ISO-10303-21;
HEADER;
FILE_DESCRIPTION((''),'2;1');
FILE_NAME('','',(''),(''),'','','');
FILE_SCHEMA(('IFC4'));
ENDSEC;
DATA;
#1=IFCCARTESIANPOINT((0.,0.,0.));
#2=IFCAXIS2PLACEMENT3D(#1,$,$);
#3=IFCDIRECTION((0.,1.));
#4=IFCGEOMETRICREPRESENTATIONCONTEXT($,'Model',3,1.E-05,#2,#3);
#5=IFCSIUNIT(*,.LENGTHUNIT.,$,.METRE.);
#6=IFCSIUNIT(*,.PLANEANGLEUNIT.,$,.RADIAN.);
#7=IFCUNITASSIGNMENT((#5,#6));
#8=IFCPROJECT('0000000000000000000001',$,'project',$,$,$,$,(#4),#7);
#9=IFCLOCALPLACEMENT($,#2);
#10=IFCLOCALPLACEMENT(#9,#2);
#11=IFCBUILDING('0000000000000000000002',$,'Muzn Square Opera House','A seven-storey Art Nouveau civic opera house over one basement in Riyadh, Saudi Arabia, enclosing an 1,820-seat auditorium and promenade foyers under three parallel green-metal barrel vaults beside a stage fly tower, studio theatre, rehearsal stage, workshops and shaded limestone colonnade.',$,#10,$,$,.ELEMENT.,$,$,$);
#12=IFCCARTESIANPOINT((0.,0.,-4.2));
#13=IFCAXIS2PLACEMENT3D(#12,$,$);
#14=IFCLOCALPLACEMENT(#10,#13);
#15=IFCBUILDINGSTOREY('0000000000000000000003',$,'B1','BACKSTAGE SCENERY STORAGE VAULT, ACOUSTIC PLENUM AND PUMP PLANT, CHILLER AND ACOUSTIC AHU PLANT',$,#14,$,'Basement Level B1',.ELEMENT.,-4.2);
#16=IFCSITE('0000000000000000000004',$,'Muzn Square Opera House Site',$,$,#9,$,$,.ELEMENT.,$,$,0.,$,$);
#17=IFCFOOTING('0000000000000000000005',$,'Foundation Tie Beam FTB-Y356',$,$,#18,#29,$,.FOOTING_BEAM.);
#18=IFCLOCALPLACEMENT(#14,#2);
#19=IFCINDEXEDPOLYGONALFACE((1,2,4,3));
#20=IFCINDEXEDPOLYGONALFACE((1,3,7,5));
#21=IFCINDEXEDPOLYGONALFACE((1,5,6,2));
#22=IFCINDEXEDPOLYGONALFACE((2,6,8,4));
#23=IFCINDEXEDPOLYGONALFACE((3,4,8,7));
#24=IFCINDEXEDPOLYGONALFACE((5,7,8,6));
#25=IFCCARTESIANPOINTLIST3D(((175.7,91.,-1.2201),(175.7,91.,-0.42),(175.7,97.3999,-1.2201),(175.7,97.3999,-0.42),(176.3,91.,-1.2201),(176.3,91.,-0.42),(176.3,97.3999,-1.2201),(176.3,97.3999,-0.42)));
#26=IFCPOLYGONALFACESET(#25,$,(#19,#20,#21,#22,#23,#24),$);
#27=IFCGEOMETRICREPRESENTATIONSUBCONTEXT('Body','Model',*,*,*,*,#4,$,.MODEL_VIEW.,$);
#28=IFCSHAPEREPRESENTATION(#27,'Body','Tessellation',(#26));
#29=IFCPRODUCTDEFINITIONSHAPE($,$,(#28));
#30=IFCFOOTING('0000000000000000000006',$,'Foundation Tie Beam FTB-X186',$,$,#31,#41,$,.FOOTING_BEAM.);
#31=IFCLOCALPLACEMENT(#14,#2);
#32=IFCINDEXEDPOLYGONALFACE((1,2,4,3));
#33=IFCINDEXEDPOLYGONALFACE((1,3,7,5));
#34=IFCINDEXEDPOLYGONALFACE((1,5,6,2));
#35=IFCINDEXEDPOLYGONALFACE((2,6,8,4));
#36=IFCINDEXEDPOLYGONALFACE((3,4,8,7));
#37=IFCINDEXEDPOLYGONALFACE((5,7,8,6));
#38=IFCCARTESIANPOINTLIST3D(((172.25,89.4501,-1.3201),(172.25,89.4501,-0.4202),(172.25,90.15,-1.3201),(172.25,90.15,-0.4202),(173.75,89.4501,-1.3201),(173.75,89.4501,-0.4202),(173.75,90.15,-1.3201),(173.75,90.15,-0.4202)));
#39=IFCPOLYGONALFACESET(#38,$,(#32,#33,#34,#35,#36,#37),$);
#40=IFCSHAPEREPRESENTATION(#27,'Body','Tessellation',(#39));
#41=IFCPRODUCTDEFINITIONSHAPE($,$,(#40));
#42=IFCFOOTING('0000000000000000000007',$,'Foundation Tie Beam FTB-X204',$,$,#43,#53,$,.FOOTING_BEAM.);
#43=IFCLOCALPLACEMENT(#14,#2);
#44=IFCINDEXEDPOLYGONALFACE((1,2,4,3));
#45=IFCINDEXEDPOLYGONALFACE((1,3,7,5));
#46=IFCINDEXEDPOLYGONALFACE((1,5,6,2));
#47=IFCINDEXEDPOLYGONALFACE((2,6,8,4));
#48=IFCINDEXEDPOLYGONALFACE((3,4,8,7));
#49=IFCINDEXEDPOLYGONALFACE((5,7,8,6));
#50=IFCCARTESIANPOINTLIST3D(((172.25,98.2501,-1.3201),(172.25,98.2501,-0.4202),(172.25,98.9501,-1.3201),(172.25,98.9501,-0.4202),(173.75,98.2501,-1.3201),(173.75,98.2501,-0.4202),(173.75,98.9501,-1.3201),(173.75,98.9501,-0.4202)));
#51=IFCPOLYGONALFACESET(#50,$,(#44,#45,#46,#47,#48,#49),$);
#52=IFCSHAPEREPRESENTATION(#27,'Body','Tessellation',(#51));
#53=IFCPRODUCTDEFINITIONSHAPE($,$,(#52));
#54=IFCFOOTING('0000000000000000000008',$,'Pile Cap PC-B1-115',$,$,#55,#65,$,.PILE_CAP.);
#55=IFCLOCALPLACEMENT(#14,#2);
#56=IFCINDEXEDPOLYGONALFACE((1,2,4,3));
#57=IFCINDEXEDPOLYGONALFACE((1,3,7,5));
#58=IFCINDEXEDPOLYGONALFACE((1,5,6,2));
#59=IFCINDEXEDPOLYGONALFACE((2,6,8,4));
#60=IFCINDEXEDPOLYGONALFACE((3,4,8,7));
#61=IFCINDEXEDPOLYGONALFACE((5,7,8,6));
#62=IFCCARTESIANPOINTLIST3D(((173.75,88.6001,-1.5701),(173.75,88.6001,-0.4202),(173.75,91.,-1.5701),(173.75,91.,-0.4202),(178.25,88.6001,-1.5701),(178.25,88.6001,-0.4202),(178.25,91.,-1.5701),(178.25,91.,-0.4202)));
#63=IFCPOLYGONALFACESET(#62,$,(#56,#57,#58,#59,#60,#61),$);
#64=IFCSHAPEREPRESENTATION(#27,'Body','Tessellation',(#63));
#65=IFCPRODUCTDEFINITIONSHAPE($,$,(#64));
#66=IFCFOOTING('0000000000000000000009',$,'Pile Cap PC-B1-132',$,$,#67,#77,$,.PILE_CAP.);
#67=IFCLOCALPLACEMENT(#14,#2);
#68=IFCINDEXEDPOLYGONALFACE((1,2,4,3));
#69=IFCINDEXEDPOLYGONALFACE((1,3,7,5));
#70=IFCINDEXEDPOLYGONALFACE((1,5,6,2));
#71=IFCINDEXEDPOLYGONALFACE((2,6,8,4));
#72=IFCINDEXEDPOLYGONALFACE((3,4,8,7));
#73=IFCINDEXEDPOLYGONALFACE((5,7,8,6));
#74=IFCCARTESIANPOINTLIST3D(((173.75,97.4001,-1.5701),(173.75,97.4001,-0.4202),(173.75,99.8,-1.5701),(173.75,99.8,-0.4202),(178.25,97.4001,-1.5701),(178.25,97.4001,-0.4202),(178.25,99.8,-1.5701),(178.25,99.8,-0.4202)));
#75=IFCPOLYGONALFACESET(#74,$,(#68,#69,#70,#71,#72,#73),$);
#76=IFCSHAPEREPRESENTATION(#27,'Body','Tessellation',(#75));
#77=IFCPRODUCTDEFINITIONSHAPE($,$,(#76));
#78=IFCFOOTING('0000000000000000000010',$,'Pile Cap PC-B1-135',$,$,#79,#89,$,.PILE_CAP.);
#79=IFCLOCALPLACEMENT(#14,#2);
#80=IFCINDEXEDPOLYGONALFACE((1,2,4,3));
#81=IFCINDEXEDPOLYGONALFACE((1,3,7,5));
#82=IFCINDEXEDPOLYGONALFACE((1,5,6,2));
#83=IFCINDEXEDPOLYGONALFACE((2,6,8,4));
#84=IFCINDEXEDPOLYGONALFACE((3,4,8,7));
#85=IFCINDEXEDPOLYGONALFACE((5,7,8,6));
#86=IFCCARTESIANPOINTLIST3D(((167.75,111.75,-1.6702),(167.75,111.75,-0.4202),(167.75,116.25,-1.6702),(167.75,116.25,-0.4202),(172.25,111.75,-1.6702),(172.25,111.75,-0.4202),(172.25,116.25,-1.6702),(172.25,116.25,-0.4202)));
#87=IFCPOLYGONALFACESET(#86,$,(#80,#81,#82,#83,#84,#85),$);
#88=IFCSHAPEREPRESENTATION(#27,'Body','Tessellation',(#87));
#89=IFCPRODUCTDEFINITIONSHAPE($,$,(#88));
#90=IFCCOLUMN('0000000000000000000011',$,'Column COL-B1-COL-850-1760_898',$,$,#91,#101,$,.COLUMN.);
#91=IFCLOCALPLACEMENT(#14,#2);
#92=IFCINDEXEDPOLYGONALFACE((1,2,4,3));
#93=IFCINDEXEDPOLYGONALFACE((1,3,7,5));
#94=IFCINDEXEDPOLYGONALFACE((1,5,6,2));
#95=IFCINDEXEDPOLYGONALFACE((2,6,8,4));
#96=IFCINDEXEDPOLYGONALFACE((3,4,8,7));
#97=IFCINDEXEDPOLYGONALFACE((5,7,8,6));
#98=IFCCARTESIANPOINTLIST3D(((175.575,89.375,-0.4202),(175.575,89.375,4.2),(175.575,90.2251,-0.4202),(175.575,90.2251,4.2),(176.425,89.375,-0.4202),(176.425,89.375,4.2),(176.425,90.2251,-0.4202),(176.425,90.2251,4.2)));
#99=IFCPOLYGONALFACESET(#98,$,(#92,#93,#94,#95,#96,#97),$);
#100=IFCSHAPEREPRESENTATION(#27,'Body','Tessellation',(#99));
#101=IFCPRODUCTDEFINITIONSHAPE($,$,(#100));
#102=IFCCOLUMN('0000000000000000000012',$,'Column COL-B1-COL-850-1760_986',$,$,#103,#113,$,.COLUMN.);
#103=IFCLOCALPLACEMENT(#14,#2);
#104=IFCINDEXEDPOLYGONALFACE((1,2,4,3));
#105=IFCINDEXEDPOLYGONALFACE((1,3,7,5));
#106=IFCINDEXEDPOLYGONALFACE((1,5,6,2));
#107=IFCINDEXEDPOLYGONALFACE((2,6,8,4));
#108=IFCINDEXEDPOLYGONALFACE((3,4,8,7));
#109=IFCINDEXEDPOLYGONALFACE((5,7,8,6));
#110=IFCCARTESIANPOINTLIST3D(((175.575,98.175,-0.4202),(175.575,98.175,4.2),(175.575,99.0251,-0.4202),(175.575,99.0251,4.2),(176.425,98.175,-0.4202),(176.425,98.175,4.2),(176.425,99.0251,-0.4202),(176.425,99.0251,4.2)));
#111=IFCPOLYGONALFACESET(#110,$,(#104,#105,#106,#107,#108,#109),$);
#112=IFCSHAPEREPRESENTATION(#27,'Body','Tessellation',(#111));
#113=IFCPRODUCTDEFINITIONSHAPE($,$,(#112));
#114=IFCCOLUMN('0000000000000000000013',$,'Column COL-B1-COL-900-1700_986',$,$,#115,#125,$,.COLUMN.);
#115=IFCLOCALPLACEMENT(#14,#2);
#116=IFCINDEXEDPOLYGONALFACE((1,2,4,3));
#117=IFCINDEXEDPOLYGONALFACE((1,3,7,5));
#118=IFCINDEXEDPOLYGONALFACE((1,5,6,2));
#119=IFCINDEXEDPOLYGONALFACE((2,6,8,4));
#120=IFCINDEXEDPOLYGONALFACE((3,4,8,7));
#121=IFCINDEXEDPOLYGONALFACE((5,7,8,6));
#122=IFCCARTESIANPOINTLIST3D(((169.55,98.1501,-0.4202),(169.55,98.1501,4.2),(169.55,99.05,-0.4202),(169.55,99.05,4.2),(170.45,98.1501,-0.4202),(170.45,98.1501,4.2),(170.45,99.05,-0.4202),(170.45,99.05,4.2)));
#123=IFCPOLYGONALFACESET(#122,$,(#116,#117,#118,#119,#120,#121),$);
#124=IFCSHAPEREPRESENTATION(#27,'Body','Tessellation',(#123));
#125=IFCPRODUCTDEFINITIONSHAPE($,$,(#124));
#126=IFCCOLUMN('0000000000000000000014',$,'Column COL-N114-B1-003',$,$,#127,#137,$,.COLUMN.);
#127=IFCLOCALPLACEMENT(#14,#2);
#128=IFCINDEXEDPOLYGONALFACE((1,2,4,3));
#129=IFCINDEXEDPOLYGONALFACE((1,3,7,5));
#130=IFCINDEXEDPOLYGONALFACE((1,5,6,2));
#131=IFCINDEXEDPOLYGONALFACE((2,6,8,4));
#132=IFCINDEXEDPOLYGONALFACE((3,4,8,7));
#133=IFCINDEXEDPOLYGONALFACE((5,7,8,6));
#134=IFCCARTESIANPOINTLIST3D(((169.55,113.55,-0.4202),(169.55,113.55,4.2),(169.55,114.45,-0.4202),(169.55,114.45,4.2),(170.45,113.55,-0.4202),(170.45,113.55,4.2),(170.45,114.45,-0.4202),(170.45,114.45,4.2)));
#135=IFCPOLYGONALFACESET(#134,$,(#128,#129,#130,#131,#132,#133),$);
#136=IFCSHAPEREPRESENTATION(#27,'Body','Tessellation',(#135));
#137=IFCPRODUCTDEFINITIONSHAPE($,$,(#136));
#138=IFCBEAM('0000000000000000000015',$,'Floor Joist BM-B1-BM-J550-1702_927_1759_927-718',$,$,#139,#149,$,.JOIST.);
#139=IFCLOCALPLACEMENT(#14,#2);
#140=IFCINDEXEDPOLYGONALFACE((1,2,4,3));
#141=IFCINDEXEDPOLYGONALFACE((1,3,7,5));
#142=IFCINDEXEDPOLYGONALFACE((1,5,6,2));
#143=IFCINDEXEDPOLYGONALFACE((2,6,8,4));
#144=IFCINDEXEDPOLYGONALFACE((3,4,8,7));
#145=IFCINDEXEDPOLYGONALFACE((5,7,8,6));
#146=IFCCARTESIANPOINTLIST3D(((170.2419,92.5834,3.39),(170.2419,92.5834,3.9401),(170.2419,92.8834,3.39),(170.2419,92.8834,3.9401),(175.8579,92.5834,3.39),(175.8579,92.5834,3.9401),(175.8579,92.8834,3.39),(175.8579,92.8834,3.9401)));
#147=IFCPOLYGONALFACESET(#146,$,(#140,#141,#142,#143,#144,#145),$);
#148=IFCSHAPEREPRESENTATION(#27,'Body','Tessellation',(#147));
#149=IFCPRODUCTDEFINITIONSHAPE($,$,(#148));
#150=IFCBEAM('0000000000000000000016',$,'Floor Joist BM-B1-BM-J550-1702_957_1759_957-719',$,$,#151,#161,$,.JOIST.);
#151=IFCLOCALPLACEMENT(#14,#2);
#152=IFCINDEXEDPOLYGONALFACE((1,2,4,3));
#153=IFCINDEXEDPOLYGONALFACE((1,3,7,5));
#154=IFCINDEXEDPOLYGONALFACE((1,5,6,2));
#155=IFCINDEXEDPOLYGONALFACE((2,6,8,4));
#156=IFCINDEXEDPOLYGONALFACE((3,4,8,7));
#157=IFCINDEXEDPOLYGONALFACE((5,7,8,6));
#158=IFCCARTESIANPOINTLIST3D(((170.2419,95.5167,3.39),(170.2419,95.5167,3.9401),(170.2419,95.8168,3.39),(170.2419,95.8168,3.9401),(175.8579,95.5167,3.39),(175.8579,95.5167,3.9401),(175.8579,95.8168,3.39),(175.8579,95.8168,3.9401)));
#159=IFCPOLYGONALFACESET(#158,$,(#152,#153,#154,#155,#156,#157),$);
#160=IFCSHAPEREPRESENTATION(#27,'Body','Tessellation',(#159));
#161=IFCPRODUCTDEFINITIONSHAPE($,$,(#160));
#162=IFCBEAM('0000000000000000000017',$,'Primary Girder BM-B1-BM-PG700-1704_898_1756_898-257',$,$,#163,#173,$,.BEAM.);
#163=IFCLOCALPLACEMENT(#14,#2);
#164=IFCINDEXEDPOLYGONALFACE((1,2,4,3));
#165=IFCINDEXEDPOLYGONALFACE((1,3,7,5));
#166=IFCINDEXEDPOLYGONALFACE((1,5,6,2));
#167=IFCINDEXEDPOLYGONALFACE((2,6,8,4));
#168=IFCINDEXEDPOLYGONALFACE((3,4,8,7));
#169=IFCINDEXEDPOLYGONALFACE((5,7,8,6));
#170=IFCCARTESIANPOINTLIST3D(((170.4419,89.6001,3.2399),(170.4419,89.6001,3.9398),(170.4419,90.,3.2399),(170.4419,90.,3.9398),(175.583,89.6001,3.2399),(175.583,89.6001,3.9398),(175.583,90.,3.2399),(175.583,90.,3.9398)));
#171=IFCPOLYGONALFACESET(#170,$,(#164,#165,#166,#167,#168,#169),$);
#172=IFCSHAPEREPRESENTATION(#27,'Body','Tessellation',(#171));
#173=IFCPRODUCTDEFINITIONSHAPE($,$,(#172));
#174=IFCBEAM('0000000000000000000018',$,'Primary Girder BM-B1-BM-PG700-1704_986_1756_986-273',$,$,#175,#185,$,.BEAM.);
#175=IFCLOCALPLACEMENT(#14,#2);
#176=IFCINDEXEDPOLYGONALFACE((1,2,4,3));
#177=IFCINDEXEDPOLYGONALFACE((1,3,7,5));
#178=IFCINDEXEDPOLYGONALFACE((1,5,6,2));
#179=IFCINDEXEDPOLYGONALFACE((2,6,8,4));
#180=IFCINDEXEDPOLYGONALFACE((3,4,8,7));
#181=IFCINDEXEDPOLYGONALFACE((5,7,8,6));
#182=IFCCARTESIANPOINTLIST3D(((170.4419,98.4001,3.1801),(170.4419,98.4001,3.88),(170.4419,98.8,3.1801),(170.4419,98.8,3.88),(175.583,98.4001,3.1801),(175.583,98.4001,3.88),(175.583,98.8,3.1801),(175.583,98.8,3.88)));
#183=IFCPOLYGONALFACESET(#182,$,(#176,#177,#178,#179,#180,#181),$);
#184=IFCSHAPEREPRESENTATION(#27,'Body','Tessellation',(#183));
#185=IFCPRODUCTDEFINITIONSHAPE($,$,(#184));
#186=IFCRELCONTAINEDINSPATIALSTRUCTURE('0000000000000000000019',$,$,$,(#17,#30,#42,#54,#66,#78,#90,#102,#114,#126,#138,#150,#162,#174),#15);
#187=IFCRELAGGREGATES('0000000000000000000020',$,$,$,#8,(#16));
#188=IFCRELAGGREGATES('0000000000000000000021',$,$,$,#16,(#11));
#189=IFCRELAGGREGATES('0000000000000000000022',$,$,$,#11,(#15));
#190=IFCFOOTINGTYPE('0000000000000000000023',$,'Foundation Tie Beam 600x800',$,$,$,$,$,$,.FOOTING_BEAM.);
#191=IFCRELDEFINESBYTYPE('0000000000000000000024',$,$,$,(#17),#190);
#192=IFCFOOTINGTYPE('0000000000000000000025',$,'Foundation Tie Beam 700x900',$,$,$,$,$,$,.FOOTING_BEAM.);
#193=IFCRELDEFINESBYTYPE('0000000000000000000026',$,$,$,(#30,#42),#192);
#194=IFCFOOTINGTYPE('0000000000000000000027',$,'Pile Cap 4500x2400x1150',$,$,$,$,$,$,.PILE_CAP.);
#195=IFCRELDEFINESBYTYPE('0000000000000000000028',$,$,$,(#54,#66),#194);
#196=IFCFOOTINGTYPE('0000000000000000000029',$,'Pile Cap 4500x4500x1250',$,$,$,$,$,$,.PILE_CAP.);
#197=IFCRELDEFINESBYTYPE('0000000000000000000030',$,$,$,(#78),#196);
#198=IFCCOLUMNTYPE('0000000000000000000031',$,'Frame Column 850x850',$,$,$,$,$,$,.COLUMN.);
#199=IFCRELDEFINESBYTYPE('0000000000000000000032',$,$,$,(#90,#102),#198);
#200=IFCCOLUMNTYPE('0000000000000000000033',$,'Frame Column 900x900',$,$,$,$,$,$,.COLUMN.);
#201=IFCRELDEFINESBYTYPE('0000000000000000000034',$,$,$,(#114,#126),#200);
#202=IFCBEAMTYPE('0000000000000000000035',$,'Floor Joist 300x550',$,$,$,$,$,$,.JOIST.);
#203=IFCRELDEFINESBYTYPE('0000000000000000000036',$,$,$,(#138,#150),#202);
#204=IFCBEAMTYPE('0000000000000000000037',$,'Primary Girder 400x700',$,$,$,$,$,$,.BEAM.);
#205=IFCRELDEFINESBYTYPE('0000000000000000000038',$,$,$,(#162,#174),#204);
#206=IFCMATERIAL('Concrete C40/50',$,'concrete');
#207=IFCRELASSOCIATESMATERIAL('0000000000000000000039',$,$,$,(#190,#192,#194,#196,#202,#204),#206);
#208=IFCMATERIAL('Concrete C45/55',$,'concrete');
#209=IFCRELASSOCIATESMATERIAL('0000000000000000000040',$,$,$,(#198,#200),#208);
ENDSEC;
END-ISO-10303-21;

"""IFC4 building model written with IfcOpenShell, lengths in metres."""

from ifc_helpers import new_model, si_unit, direction, frame, origin, origin_2d, place, context, subcontext, project, spatial, rectangle, extrude, material, material_profile, profile_set, type_object, element, save


model = new_model("IFC4")

# Units and contexts
model_context = context("Model", 3, precision=1e-05, world=origin(), true_north=direction((0.0, 1.0)))
body_context = subcontext(model_context, "Body", "Model", "MODEL_VIEW")
ifc_project = project(units=[si_unit("LENGTHUNIT", "METRE"), si_unit("PLANEANGLEUNIT", "RADIAN")], contexts=[model_context])

# Site, building, storey
site_placement = place(None, origin())
site = spatial("IfcSite", under=ifc_project, at=site_placement, Name="Muzn Square Opera House Site", CompositionType="ELEMENT", RefElevation=0.0)
building_placement = place(site_placement, origin())
building = spatial("IfcBuilding", under=site, at=building_placement, Name="Muzn Square Opera House", Description="A seven-storey Art Nouveau civic opera house over one basement in Riyadh, Saudi Arabia, enclosing an 1,820-seat auditorium and promenade foyers under three parallel green-metal barrel vaults beside a stage fly tower, studio theatre, rehearsal stage, workshops and shaded limestone colonnade.", CompositionType="ELEMENT")
storey_placement = place(building_placement, frame((0.0, 0.0, -4.2)))
storey = spatial("IfcBuildingStorey", under=building, at=storey_placement, Name="B1", Description="BACKSTAGE SCENERY STORAGE VAULT, ACOUSTIC PLENUM AND PUMP PLANT, CHILLER AND ACOUSTIC AHU PLANT", LongName="Basement Level B1", CompositionType="ELEMENT", Elevation=-4.2)

# Shared definitions
ifc_material_1 = material(Name="Concrete C40/50", Category="concrete")

# Footings
ifc_material_profile_1 = material_profile(ifc_material_1, rectangle(XDim=0.6001, YDim=0.8, at=origin_2d()), Name="RCTB 600x800", Category="concrete")
ifc_profile_set_1 = profile_set([ifc_material_profile_1], Name="Concrete C40/50")
footing_type_1 = type_object("IfcFootingType", Name="Foundation Tie Beam 600x800", PredefinedType="FOOTING_BEAM", material=ifc_profile_set_1)
footing_1_placement = place(storey_placement, frame((176.0, 91.0, -0.8201), z_axis=(0.0, 1.0, 0.0), x_axis=(-1.0, 0.0, 0.0)))
element("IfcFooting", 1, at=footing_1_placement, inside=storey, type_object=footing_type_1, Name="Foundation Tie Beam FTB-Y356", PredefinedType="FOOTING_BEAM", context=body_context, shape_type="SweptSolid", body=[
    extrude(rectangle(XDim=0.6001, YDim=0.8, at=origin_2d()), origin(), (0.0, 0.0, 1.0), 6.3999),
])
ifc_material_profile_2 = material_profile(ifc_material_1, rectangle(XDim=0.7, YDim=0.8999, at=origin_2d()), Name="RCTB 700x900", Category="concrete")
ifc_profile_set_2 = profile_set([ifc_material_profile_2], Name="Concrete C40/50")
footing_type_2 = type_object("IfcFootingType", Name="Foundation Tie Beam 700x900", PredefinedType="FOOTING_BEAM", material=ifc_profile_set_2)
for number, where, z_axis, x_axis, name in (
    (2, (172.25, 89.8, -0.8701), (1.0, 0.0, 0.0), (0.0, 1.0, 0.0), "Foundation Tie Beam FTB-X186"),
    (3, (172.25, 98.6001, -0.8701), (1.0, 0.0, 0.0), (0.0, 1.0, 0.0), "Foundation Tie Beam FTB-X204"),
):
    element("IfcFooting", number, at=place(storey_placement, frame(where, z_axis=z_axis, x_axis=x_axis)), inside=storey, type_object=footing_type_2, Name=name, PredefinedType="FOOTING_BEAM", context=body_context, shape_type="SweptSolid", body=[
        extrude(rectangle(XDim=0.7, YDim=0.8999, at=origin_2d()), origin(), (0.0, 0.0, 1.0), 1.5),
    ])
footing_type_3 = type_object("IfcFootingType", Name="Pile Cap 4500x2400x1150", PredefinedType="PILE_CAP", material=ifc_material_1)
for number, where, z_axis, x_axis, name in (
    (4, (176.0, 89.8, -1.5701), (0.0, 0.0, 1.0), (1.0, 0.0, 0.0), "Pile Cap PC-B1-115"),
    (5, (176.0, 98.6001, -1.5701), (0.0, 0.0, 1.0), (1.0, 0.0, 0.0), "Pile Cap PC-B1-132"),
):
    element("IfcFooting", number, at=place(storey_placement, frame(where, z_axis=z_axis, x_axis=x_axis)), inside=storey, type_object=footing_type_3, Name=name, PredefinedType="PILE_CAP", context=body_context, shape_type="SweptSolid", body=[
        extrude(rectangle(XDim=4.5, YDim=2.3999, at=origin_2d()), origin(), (0.0, 0.0, 1.0), 1.1499),
    ])
footing_type_4 = type_object("IfcFootingType", Name="Pile Cap 4500x4500x1250", PredefinedType="PILE_CAP", material=ifc_material_1)
footing_2_placement = place(storey_placement, frame((170.0, 114.0, -1.6702), z_axis=(0.0, 0.0, 1.0), x_axis=(1.0, 0.0, 0.0)))
element("IfcFooting", 6, at=footing_2_placement, inside=storey, type_object=footing_type_4, Name="Pile Cap PC-B1-135", PredefinedType="PILE_CAP", context=body_context, shape_type="SweptSolid", body=[
    extrude(rectangle(XDim=4.5, YDim=4.5, at=origin_2d()), origin(), (0.0, 0.0, 1.0), 1.25),
])

# Columns
ifc_material_2 = material(Name="Concrete C45/55", Category="concrete")
ifc_material_profile_3 = material_profile(ifc_material_2, rectangle(XDim=0.8501, YDim=0.8501, at=origin_2d()), Name="RC 850x850", Category="concrete")
ifc_profile_set_3 = profile_set([ifc_material_profile_3], Name="Concrete C45/55")
column_type_1 = type_object("IfcColumnType", Name="Frame Column 850x850", PredefinedType="COLUMN", material=ifc_profile_set_3)
for number, where, z_axis, x_axis, name in (
    (7, (176.0, 89.8, -0.4202), (0.0, 0.0, 1.0), (1.0, 0.0, 0.0), "Column COL-B1-COL-850-1760_898"),
    (8, (176.0, 98.6001, -0.4202), (0.0, 0.0, 1.0), (1.0, 0.0, 0.0), "Column COL-B1-COL-850-1760_986"),
):
    element("IfcColumn", number, at=place(storey_placement, frame(where, z_axis=z_axis, x_axis=x_axis)), inside=storey, type_object=column_type_1, Name=name, PredefinedType="COLUMN", context=body_context, shape_type="SweptSolid", body=[
        extrude(rectangle(XDim=0.8501, YDim=0.8501, at=origin_2d()), origin(), (0.0, 0.0, 1.0), 4.6201),
    ])
ifc_material_profile_4 = material_profile(ifc_material_2, rectangle(XDim=0.8999, YDim=0.8999, at=origin_2d()), Name="RC 900x900", Category="concrete")
ifc_profile_set_4 = profile_set([ifc_material_profile_4], Name="Concrete C45/55")
column_type_2 = type_object("IfcColumnType", Name="Frame Column 900x900", PredefinedType="COLUMN", material=ifc_profile_set_4)
for number, where, z_axis, x_axis, name in (
    (9, (170.0, 98.6001, -0.4202), (0.0, 0.0, 1.0), (1.0, 0.0, 0.0), "Column COL-B1-COL-900-1700_986"),
    (10, (170.0, 114.0, -0.4202), (0.0, 0.0, 1.0), (1.0, 0.0, 0.0), "Column COL-N114-B1-003"),
):
    element("IfcColumn", number, at=place(storey_placement, frame(where, z_axis=z_axis, x_axis=x_axis)), inside=storey, type_object=column_type_2, Name=name, PredefinedType="COLUMN", context=body_context, shape_type="SweptSolid", body=[
        extrude(rectangle(XDim=0.8999, YDim=0.8999, at=origin_2d()), origin(), (0.0, 0.0, 1.0), 4.6201),
    ])

# Beams
ifc_material_profile_5 = material_profile(ifc_material_1, rectangle(XDim=0.3, YDim=0.55, at=origin_2d()), Name="RCJ 300x550", Category="concrete")
ifc_profile_set_5 = profile_set([ifc_material_profile_5], Name="Concrete C40/50")
beam_type_1 = type_object("IfcBeamType", Name="Floor Joist 300x550", PredefinedType="JOIST", material=ifc_profile_set_5)
for number, where, z_axis, x_axis, name in (
    (11, (170.2419, 92.7334, 3.665), (1.0, 0.0, 0.0), (0.0, 1.0, 0.0), "Floor Joist BM-B1-BM-J550-1702_927_1759_927-718"),
    (12, (170.2419, 95.6667, 3.665), (1.0, 0.0, 0.0), (0.0, 1.0, 0.0), "Floor Joist BM-B1-BM-J550-1702_957_1759_957-719"),
):
    element("IfcBeam", number, at=place(storey_placement, frame(where, z_axis=z_axis, x_axis=x_axis)), inside=storey, type_object=beam_type_1, Name=name, PredefinedType="JOIST", context=body_context, shape_type="SweptSolid", body=[
        extrude(rectangle(XDim=0.3, YDim=0.55, at=origin_2d()), origin(), (0.0, 0.0, 1.0), 5.616),
    ])
ifc_material_profile_6 = material_profile(ifc_material_1, rectangle(XDim=0.3999, YDim=0.7, at=origin_2d()), Name="RCB 400x700", Category="concrete")
ifc_profile_set_6 = profile_set([ifc_material_profile_6], Name="Concrete C40/50")
beam_type_2 = type_object("IfcBeamType", Name="Primary Girder 400x700", PredefinedType="BEAM", material=ifc_profile_set_6)
for number, where, z_axis, x_axis, name in (
    (13, (170.4419, 89.8, 3.5898), (1.0, 0.0, 0.0), (0.0, 1.0, 0.0), "Primary Girder BM-B1-BM-PG700-1704_898_1756_898-257"),
    (14, (170.4419, 98.6001, 3.53), (1.0, 0.0, 0.0), (0.0, 1.0, 0.0), "Primary Girder BM-B1-BM-PG700-1704_986_1756_986-273"),
):
    element("IfcBeam", number, at=place(storey_placement, frame(where, z_axis=z_axis, x_axis=x_axis)), inside=storey, type_object=beam_type_2, Name=name, PredefinedType="BEAM", context=body_context, shape_type="SweptSolid", body=[
        extrude(rectangle(XDim=0.3999, YDim=0.7, at=origin_2d()), origin(), (0.0, 0.0, 1.0), 5.1411),
    ])

save(model, "model.ifc")
